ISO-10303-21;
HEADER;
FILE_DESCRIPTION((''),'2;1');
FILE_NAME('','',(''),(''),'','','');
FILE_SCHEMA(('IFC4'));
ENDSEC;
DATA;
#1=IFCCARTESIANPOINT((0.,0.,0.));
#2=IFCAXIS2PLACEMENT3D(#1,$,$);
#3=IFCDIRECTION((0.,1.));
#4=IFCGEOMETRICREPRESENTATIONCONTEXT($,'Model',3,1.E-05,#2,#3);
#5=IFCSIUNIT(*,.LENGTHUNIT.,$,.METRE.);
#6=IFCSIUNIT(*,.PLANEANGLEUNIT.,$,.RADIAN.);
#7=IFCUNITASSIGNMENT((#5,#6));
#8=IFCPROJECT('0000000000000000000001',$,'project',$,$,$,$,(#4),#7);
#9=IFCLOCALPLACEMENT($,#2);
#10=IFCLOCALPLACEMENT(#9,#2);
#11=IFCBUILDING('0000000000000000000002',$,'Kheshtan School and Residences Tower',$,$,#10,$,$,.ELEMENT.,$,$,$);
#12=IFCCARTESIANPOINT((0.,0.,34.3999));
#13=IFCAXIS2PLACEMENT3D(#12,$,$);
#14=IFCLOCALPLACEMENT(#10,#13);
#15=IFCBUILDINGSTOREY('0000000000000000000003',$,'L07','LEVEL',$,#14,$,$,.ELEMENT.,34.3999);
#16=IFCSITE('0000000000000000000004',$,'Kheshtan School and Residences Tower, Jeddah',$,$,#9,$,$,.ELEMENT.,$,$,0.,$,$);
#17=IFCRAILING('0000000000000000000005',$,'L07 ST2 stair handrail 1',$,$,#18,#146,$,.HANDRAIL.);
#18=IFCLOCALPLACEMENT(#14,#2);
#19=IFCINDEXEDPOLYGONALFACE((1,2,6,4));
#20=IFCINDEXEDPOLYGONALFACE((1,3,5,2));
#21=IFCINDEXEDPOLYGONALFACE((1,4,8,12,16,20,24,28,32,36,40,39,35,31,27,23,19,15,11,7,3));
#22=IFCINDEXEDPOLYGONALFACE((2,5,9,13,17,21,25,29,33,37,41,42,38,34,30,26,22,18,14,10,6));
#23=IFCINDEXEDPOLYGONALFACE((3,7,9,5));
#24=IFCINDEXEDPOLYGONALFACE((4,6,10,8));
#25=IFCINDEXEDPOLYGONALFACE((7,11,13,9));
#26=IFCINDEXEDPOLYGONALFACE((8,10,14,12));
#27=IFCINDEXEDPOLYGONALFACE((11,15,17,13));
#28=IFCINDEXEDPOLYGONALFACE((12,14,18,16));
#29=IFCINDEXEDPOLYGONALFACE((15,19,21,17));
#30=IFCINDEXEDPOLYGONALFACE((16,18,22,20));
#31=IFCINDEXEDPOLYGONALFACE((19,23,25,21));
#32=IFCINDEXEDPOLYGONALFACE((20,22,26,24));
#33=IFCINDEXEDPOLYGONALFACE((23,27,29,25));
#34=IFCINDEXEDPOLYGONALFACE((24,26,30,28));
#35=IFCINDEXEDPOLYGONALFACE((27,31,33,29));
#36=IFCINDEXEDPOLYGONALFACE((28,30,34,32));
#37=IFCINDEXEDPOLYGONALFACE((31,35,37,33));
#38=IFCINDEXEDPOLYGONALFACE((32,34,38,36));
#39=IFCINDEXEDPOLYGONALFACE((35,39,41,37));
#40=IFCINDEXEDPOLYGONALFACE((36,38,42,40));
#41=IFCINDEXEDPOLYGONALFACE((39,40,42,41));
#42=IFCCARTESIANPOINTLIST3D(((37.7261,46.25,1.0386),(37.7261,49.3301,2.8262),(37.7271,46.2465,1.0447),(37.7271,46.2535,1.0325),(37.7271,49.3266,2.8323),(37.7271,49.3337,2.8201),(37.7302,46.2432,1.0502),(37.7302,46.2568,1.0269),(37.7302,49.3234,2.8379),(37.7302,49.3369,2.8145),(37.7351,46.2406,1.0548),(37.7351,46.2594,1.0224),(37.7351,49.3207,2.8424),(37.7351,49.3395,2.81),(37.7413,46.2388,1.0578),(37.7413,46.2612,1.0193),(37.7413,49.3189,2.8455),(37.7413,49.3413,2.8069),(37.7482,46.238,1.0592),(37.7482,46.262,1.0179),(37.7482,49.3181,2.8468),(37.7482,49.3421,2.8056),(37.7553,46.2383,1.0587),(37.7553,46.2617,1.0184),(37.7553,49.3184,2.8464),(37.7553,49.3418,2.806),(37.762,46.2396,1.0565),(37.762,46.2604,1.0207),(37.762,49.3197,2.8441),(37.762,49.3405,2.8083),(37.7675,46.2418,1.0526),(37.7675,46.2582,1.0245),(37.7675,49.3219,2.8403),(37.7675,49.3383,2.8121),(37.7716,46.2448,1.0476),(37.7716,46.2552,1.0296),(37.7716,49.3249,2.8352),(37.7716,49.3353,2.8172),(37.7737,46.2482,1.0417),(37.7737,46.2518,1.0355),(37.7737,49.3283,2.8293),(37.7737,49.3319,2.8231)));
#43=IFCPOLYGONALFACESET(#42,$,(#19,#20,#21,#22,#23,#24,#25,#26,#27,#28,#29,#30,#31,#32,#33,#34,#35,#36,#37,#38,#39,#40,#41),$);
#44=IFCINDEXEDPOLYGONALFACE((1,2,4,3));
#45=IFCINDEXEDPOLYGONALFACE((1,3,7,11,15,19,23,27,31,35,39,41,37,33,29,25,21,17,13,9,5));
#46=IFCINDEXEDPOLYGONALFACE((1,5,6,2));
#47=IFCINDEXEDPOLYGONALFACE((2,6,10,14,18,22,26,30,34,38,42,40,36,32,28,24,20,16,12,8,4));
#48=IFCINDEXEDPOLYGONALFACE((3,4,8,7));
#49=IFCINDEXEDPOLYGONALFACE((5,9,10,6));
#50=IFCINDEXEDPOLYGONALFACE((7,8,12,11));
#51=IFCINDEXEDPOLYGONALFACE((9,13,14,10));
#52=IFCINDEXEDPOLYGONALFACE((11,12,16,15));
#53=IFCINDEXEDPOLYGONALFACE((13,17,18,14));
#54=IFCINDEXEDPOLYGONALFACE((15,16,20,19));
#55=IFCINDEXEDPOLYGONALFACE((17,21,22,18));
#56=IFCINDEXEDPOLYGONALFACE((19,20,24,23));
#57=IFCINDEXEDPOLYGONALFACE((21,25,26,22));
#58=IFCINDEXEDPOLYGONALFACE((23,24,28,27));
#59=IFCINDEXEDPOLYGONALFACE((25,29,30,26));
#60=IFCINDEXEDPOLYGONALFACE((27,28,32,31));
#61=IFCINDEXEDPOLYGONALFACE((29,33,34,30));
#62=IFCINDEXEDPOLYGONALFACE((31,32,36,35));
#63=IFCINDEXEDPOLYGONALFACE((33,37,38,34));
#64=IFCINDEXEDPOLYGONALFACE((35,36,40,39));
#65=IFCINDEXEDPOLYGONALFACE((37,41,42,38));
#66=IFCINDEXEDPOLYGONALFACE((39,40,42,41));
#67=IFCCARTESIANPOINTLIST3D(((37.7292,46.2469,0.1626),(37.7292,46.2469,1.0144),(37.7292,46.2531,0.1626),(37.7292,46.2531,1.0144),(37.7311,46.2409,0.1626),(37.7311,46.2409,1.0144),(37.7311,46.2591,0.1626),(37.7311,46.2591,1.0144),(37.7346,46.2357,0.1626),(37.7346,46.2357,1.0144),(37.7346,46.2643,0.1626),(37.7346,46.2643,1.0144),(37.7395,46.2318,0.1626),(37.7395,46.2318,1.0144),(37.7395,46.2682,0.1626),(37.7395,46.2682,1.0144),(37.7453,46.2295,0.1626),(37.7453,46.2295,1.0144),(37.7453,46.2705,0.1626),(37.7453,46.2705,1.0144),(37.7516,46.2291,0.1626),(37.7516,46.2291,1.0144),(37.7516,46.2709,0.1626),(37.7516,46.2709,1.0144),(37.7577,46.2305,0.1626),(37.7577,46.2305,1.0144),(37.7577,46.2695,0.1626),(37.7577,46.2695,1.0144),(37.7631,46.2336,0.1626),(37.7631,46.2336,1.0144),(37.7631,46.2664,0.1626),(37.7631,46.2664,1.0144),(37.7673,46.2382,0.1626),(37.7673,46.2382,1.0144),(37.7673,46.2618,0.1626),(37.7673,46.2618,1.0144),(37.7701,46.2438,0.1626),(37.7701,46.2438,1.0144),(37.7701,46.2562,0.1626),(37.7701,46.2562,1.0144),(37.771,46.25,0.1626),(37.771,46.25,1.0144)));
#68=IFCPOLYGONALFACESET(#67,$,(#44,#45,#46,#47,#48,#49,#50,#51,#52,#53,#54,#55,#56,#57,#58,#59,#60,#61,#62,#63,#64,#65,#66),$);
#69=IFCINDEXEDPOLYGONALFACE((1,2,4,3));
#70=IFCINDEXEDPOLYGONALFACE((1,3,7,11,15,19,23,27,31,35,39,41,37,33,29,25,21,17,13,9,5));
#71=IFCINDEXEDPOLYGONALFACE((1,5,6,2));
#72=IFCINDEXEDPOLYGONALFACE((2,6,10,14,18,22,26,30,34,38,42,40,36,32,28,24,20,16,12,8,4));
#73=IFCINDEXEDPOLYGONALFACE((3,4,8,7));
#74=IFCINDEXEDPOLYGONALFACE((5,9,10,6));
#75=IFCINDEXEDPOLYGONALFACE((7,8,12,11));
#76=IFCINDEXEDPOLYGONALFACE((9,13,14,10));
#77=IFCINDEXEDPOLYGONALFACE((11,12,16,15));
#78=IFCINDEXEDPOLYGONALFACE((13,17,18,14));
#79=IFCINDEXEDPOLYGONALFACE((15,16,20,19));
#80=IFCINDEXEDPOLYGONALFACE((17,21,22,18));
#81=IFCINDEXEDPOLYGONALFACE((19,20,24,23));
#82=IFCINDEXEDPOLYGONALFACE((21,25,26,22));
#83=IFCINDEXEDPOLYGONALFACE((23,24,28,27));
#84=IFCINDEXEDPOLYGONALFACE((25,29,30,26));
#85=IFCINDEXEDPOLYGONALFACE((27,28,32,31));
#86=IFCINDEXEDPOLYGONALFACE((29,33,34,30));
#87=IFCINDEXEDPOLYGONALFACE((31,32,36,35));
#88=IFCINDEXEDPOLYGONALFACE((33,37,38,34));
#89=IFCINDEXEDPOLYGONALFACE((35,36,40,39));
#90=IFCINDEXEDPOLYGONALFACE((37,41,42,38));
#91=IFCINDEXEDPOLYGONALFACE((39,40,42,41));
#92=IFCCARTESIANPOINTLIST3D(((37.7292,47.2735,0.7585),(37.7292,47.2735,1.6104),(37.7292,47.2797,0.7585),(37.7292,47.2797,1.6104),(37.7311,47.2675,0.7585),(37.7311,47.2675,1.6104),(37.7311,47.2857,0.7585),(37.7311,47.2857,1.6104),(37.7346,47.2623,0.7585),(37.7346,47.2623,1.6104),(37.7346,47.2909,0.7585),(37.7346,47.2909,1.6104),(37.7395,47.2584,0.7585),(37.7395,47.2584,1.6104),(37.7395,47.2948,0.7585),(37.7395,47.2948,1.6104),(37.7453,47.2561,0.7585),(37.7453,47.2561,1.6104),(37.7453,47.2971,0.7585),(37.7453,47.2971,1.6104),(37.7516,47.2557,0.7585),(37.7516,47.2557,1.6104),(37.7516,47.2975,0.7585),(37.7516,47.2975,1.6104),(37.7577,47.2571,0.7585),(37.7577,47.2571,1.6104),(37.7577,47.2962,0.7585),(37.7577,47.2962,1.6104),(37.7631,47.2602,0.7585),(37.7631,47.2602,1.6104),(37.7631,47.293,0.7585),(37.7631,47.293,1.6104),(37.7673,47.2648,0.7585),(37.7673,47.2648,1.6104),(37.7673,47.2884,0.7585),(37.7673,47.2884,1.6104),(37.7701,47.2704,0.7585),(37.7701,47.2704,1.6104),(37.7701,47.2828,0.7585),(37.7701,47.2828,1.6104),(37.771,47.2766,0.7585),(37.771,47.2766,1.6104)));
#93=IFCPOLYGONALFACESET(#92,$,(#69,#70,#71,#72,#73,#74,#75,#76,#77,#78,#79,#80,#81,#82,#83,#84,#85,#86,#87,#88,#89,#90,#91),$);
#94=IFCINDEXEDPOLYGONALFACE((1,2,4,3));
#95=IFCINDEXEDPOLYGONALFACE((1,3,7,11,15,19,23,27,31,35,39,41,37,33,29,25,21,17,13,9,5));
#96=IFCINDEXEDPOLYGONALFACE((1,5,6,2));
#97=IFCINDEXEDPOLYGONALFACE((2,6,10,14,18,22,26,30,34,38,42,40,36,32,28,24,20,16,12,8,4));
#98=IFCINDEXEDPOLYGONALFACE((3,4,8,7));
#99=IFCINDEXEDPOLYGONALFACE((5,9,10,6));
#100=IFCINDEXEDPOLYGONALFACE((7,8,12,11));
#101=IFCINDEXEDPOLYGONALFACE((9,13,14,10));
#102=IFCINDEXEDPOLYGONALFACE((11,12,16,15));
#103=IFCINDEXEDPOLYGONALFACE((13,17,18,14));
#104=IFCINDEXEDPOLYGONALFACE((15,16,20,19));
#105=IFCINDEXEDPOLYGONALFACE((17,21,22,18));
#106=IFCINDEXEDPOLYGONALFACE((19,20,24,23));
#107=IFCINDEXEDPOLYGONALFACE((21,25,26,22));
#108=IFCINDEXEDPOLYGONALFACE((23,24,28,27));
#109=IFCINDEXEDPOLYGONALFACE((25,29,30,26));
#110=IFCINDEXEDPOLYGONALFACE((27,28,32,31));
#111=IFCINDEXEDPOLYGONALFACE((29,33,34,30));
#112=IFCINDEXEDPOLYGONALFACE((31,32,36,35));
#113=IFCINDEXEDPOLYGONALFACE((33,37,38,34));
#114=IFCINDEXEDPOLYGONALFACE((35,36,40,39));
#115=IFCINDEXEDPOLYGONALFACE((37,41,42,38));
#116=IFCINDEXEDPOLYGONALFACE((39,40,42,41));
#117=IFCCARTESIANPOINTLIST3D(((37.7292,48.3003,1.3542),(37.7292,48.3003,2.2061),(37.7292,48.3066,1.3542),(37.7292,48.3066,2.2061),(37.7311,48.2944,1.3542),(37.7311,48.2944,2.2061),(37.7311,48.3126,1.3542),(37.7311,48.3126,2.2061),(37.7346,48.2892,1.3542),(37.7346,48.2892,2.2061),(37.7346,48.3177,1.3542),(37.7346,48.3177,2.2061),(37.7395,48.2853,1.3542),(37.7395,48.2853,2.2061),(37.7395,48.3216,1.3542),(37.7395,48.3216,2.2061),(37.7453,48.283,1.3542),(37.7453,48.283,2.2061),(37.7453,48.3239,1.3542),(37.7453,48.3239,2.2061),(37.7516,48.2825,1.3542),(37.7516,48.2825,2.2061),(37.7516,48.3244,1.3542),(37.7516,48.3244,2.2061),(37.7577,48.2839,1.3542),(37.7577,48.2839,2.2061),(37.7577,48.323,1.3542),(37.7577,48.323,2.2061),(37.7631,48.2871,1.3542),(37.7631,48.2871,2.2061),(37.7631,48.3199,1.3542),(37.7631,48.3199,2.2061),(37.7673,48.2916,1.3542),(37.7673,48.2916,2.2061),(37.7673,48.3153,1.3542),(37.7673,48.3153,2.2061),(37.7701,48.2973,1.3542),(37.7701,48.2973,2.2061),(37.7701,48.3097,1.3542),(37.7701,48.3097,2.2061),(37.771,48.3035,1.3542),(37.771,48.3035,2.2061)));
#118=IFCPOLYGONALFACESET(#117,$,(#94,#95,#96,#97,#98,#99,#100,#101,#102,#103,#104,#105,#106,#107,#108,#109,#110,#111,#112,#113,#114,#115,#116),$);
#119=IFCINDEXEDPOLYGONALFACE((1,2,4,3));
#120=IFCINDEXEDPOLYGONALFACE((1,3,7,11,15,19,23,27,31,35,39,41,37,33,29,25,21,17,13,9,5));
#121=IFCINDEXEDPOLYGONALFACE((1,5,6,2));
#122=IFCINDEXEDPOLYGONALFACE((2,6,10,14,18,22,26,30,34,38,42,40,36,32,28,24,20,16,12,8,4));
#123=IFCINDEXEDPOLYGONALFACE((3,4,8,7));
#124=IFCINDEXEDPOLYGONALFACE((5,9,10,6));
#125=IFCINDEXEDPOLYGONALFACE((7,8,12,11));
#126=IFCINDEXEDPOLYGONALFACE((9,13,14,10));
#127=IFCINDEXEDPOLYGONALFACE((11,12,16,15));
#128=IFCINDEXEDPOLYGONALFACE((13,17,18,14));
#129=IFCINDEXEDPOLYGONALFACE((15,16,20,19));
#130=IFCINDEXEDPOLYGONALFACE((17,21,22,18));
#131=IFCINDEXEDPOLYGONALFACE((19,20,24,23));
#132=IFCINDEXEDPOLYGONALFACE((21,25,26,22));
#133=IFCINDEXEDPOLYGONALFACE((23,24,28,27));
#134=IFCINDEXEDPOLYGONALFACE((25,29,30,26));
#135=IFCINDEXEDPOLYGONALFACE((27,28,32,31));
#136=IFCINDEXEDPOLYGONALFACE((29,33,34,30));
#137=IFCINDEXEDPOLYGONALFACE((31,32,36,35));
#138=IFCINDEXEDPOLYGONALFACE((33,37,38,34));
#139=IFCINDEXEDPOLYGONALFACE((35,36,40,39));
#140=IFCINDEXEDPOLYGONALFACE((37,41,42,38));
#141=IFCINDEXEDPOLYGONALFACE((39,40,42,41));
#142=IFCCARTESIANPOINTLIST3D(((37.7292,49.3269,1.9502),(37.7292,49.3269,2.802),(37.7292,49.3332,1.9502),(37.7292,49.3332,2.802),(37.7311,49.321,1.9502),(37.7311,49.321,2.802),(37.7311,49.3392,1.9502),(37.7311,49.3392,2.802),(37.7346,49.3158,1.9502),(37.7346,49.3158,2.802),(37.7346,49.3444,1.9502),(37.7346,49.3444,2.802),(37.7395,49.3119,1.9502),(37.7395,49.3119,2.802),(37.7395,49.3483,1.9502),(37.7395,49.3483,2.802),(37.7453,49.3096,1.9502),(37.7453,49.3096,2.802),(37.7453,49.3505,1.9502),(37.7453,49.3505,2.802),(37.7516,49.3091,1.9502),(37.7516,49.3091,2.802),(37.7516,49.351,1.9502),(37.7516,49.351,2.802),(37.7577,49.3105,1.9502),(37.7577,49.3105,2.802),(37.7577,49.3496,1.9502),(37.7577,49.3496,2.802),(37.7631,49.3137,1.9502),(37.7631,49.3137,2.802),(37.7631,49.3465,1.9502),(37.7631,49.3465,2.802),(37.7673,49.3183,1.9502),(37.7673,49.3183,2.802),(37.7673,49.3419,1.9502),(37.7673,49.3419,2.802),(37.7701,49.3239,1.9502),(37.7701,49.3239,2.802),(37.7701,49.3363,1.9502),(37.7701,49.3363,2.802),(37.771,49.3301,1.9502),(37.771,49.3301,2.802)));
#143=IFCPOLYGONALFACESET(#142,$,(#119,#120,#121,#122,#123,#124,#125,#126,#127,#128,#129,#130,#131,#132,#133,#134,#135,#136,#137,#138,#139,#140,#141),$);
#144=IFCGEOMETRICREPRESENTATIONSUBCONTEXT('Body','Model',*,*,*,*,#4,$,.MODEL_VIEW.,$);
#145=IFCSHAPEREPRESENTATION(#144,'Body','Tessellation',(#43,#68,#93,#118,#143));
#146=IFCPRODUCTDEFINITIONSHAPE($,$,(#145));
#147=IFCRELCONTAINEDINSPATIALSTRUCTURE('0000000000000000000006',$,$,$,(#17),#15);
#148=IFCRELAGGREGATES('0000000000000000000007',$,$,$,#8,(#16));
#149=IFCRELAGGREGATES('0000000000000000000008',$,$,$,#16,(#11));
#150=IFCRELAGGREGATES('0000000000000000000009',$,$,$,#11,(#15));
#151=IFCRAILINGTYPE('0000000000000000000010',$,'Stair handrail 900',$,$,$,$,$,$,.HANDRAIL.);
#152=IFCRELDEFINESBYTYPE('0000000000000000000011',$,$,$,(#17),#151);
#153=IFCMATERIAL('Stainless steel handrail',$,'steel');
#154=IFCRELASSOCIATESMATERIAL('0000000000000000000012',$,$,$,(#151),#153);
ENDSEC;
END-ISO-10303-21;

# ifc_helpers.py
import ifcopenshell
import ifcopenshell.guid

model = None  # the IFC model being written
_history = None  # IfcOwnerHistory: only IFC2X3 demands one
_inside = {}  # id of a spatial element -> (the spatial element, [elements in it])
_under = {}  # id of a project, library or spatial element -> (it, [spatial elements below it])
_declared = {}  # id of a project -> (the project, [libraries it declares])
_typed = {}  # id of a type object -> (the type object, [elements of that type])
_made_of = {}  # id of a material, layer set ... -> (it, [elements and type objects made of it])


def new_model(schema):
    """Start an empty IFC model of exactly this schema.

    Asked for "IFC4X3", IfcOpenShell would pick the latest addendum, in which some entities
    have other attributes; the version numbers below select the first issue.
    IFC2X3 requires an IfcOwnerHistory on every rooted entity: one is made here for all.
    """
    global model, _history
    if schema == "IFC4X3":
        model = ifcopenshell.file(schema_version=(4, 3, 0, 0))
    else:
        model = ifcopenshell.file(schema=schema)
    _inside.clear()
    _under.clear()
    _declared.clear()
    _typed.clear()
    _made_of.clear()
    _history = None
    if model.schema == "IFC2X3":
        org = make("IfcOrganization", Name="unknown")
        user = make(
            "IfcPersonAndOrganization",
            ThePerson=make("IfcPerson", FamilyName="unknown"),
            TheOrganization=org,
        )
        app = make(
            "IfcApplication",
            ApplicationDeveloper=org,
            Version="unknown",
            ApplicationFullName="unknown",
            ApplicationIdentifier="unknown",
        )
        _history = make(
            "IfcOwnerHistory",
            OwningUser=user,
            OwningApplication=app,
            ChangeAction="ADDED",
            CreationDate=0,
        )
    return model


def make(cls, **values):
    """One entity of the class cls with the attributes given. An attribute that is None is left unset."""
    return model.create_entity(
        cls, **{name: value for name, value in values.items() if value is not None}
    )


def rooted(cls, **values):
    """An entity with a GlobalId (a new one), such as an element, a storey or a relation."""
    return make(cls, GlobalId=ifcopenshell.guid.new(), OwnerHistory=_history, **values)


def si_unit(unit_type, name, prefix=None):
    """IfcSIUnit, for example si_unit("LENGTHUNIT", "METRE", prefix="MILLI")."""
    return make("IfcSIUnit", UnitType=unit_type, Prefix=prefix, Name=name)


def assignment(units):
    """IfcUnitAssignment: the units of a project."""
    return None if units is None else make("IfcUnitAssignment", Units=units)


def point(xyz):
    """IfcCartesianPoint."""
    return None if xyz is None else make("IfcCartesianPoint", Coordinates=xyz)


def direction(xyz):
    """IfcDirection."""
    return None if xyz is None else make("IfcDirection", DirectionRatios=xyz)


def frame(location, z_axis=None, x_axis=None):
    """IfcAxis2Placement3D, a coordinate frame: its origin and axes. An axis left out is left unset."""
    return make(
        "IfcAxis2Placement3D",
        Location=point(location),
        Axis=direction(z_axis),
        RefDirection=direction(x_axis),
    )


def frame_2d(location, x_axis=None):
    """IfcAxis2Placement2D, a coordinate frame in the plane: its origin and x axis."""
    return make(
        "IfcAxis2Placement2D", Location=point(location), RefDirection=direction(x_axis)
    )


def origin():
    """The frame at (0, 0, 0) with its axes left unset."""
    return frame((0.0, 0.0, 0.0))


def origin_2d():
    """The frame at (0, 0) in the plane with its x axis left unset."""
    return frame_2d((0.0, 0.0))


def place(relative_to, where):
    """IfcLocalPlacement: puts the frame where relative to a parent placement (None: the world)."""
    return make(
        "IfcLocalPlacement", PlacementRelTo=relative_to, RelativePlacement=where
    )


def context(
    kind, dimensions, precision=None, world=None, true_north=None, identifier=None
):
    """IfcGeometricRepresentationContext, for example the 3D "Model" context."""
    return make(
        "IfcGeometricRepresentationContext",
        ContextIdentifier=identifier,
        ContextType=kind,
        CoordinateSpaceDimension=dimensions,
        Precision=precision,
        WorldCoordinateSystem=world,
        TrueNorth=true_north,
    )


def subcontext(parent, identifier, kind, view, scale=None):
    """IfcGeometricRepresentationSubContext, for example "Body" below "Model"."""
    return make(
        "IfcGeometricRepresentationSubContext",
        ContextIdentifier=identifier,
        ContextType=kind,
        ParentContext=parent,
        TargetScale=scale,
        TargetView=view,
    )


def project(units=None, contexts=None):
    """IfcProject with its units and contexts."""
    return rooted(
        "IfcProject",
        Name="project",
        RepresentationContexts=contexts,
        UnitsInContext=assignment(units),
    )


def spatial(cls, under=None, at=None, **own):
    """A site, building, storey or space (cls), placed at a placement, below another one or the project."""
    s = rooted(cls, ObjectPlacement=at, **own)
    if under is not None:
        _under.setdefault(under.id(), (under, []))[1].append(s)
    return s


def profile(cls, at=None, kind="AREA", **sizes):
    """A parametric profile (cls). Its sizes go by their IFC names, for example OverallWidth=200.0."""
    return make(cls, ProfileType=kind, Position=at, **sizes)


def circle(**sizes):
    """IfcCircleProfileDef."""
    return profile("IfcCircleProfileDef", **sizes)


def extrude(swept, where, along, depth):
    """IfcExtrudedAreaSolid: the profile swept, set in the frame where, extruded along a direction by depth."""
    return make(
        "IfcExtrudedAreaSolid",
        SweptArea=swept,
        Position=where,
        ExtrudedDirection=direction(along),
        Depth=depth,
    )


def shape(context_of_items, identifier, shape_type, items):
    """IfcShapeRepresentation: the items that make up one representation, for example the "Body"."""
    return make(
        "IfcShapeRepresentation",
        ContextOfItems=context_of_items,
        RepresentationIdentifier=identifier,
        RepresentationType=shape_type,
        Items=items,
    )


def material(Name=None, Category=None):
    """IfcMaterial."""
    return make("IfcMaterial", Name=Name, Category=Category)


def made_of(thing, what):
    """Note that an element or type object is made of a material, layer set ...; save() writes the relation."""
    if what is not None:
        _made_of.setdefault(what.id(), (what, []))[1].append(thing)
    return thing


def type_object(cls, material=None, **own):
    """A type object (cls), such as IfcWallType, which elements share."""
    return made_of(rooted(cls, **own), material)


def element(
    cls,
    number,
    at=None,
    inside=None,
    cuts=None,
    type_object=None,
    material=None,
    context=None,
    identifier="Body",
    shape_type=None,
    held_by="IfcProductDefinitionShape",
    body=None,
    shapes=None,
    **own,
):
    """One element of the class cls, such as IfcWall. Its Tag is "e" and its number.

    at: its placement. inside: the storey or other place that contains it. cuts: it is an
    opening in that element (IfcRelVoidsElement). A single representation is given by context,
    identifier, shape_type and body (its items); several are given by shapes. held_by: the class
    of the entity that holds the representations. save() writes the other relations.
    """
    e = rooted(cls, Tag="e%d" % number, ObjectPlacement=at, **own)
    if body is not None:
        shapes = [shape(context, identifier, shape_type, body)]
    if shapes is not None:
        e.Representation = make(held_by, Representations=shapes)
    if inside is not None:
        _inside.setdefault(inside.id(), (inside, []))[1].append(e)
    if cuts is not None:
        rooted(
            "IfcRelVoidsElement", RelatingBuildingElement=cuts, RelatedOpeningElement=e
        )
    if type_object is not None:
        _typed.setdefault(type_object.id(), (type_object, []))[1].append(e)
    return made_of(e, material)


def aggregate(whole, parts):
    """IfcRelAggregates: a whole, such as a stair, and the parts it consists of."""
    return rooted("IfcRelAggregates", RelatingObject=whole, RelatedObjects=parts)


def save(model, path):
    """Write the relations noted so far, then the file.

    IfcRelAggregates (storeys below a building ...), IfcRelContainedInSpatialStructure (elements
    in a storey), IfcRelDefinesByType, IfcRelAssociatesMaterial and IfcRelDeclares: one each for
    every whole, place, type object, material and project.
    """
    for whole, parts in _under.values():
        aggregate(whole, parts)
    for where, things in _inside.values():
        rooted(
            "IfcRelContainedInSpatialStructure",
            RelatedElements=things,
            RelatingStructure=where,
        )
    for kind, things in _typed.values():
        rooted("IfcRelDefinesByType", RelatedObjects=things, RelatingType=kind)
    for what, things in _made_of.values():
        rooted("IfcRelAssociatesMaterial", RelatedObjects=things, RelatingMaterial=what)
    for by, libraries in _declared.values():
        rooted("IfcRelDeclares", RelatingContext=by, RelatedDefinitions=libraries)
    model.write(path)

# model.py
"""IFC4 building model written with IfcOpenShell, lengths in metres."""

from ifc_helpers import new_model, si_unit, direction, frame, origin, origin_2d, place, context, subcontext, project, spatial, circle, extrude, material, type_object, element, save


model = new_model("IFC4")

# Units and contexts
model_context = context("Model", 3, precision=1e-05, world=origin(), true_north=direction((0.0, 1.0)))
body_context = subcontext(model_context, "Body", "Model", "MODEL_VIEW")
ifc_project = project(units=[si_unit("LENGTHUNIT", "METRE"), si_unit("PLANEANGLEUNIT", "RADIAN")], contexts=[model_context])

# Site, building, storey
site_placement = place(None, origin())
site = spatial("IfcSite", under=ifc_project, at=site_placement, Name="Kheshtan School and Residences Tower, Jeddah", CompositionType="ELEMENT", RefElevation=0.0)
building_placement = place(site_placement, origin())
building = spatial("IfcBuilding", under=site, at=building_placement, Name="Kheshtan School and Residences Tower", CompositionType="ELEMENT")
storey_placement = place(building_placement, frame((0.0, 0.0, 34.3999)))
storey = spatial("IfcBuildingStorey", under=building, at=storey_placement, Name="L07", Description="LEVEL", CompositionType="ELEMENT", Elevation=34.3999)

# Railing
ifc_material_1 = material(Name="Stainless steel handrail", Category="steel")
railing_type_1 = type_object("IfcRailingType", Name="Stair handrail 900", PredefinedType="HANDRAIL", material=ifc_material_1)
railing_1_placement = place(storey_placement, frame((37.75, 46.25, 0.1626)))
element("IfcRailing", 1, at=railing_1_placement, inside=storey, type_object=railing_type_1, Name="L07 ST2 stair handrail 1", PredefinedType="HANDRAIL", context=body_context, shape_type="SweptSolid", body=[
    extrude(circle(Radius=0.0239, at=origin_2d()), frame((0.0, 0.0, 0.876), z_axis=(0.0, 0.864891, 0.50196), x_axis=(-1.0, 0.0, 0.0)), (0.0, 0.0, 1.0), 3.5613),
    extrude(circle(Radius=0.021, at=origin_2d()), origin(), (0.0, 0.0, 1.0), 0.8518),
    extrude(circle(Radius=0.021, at=origin_2d()), frame((0.0, 1.0266, 0.5959)), (0.0, 0.0, 1.0), 0.8518),
    extrude(circle(Radius=0.021, at=origin_2d()), frame((0.0, 2.0535, 1.1917)), (0.0, 0.0, 1.0), 0.8518),
    extrude(circle(Radius=0.021, at=origin_2d()), frame((0.0, 3.0801, 1.7876)), (0.0, 0.0, 1.0), 0.8518),
])

save(model, "model.ifc")
